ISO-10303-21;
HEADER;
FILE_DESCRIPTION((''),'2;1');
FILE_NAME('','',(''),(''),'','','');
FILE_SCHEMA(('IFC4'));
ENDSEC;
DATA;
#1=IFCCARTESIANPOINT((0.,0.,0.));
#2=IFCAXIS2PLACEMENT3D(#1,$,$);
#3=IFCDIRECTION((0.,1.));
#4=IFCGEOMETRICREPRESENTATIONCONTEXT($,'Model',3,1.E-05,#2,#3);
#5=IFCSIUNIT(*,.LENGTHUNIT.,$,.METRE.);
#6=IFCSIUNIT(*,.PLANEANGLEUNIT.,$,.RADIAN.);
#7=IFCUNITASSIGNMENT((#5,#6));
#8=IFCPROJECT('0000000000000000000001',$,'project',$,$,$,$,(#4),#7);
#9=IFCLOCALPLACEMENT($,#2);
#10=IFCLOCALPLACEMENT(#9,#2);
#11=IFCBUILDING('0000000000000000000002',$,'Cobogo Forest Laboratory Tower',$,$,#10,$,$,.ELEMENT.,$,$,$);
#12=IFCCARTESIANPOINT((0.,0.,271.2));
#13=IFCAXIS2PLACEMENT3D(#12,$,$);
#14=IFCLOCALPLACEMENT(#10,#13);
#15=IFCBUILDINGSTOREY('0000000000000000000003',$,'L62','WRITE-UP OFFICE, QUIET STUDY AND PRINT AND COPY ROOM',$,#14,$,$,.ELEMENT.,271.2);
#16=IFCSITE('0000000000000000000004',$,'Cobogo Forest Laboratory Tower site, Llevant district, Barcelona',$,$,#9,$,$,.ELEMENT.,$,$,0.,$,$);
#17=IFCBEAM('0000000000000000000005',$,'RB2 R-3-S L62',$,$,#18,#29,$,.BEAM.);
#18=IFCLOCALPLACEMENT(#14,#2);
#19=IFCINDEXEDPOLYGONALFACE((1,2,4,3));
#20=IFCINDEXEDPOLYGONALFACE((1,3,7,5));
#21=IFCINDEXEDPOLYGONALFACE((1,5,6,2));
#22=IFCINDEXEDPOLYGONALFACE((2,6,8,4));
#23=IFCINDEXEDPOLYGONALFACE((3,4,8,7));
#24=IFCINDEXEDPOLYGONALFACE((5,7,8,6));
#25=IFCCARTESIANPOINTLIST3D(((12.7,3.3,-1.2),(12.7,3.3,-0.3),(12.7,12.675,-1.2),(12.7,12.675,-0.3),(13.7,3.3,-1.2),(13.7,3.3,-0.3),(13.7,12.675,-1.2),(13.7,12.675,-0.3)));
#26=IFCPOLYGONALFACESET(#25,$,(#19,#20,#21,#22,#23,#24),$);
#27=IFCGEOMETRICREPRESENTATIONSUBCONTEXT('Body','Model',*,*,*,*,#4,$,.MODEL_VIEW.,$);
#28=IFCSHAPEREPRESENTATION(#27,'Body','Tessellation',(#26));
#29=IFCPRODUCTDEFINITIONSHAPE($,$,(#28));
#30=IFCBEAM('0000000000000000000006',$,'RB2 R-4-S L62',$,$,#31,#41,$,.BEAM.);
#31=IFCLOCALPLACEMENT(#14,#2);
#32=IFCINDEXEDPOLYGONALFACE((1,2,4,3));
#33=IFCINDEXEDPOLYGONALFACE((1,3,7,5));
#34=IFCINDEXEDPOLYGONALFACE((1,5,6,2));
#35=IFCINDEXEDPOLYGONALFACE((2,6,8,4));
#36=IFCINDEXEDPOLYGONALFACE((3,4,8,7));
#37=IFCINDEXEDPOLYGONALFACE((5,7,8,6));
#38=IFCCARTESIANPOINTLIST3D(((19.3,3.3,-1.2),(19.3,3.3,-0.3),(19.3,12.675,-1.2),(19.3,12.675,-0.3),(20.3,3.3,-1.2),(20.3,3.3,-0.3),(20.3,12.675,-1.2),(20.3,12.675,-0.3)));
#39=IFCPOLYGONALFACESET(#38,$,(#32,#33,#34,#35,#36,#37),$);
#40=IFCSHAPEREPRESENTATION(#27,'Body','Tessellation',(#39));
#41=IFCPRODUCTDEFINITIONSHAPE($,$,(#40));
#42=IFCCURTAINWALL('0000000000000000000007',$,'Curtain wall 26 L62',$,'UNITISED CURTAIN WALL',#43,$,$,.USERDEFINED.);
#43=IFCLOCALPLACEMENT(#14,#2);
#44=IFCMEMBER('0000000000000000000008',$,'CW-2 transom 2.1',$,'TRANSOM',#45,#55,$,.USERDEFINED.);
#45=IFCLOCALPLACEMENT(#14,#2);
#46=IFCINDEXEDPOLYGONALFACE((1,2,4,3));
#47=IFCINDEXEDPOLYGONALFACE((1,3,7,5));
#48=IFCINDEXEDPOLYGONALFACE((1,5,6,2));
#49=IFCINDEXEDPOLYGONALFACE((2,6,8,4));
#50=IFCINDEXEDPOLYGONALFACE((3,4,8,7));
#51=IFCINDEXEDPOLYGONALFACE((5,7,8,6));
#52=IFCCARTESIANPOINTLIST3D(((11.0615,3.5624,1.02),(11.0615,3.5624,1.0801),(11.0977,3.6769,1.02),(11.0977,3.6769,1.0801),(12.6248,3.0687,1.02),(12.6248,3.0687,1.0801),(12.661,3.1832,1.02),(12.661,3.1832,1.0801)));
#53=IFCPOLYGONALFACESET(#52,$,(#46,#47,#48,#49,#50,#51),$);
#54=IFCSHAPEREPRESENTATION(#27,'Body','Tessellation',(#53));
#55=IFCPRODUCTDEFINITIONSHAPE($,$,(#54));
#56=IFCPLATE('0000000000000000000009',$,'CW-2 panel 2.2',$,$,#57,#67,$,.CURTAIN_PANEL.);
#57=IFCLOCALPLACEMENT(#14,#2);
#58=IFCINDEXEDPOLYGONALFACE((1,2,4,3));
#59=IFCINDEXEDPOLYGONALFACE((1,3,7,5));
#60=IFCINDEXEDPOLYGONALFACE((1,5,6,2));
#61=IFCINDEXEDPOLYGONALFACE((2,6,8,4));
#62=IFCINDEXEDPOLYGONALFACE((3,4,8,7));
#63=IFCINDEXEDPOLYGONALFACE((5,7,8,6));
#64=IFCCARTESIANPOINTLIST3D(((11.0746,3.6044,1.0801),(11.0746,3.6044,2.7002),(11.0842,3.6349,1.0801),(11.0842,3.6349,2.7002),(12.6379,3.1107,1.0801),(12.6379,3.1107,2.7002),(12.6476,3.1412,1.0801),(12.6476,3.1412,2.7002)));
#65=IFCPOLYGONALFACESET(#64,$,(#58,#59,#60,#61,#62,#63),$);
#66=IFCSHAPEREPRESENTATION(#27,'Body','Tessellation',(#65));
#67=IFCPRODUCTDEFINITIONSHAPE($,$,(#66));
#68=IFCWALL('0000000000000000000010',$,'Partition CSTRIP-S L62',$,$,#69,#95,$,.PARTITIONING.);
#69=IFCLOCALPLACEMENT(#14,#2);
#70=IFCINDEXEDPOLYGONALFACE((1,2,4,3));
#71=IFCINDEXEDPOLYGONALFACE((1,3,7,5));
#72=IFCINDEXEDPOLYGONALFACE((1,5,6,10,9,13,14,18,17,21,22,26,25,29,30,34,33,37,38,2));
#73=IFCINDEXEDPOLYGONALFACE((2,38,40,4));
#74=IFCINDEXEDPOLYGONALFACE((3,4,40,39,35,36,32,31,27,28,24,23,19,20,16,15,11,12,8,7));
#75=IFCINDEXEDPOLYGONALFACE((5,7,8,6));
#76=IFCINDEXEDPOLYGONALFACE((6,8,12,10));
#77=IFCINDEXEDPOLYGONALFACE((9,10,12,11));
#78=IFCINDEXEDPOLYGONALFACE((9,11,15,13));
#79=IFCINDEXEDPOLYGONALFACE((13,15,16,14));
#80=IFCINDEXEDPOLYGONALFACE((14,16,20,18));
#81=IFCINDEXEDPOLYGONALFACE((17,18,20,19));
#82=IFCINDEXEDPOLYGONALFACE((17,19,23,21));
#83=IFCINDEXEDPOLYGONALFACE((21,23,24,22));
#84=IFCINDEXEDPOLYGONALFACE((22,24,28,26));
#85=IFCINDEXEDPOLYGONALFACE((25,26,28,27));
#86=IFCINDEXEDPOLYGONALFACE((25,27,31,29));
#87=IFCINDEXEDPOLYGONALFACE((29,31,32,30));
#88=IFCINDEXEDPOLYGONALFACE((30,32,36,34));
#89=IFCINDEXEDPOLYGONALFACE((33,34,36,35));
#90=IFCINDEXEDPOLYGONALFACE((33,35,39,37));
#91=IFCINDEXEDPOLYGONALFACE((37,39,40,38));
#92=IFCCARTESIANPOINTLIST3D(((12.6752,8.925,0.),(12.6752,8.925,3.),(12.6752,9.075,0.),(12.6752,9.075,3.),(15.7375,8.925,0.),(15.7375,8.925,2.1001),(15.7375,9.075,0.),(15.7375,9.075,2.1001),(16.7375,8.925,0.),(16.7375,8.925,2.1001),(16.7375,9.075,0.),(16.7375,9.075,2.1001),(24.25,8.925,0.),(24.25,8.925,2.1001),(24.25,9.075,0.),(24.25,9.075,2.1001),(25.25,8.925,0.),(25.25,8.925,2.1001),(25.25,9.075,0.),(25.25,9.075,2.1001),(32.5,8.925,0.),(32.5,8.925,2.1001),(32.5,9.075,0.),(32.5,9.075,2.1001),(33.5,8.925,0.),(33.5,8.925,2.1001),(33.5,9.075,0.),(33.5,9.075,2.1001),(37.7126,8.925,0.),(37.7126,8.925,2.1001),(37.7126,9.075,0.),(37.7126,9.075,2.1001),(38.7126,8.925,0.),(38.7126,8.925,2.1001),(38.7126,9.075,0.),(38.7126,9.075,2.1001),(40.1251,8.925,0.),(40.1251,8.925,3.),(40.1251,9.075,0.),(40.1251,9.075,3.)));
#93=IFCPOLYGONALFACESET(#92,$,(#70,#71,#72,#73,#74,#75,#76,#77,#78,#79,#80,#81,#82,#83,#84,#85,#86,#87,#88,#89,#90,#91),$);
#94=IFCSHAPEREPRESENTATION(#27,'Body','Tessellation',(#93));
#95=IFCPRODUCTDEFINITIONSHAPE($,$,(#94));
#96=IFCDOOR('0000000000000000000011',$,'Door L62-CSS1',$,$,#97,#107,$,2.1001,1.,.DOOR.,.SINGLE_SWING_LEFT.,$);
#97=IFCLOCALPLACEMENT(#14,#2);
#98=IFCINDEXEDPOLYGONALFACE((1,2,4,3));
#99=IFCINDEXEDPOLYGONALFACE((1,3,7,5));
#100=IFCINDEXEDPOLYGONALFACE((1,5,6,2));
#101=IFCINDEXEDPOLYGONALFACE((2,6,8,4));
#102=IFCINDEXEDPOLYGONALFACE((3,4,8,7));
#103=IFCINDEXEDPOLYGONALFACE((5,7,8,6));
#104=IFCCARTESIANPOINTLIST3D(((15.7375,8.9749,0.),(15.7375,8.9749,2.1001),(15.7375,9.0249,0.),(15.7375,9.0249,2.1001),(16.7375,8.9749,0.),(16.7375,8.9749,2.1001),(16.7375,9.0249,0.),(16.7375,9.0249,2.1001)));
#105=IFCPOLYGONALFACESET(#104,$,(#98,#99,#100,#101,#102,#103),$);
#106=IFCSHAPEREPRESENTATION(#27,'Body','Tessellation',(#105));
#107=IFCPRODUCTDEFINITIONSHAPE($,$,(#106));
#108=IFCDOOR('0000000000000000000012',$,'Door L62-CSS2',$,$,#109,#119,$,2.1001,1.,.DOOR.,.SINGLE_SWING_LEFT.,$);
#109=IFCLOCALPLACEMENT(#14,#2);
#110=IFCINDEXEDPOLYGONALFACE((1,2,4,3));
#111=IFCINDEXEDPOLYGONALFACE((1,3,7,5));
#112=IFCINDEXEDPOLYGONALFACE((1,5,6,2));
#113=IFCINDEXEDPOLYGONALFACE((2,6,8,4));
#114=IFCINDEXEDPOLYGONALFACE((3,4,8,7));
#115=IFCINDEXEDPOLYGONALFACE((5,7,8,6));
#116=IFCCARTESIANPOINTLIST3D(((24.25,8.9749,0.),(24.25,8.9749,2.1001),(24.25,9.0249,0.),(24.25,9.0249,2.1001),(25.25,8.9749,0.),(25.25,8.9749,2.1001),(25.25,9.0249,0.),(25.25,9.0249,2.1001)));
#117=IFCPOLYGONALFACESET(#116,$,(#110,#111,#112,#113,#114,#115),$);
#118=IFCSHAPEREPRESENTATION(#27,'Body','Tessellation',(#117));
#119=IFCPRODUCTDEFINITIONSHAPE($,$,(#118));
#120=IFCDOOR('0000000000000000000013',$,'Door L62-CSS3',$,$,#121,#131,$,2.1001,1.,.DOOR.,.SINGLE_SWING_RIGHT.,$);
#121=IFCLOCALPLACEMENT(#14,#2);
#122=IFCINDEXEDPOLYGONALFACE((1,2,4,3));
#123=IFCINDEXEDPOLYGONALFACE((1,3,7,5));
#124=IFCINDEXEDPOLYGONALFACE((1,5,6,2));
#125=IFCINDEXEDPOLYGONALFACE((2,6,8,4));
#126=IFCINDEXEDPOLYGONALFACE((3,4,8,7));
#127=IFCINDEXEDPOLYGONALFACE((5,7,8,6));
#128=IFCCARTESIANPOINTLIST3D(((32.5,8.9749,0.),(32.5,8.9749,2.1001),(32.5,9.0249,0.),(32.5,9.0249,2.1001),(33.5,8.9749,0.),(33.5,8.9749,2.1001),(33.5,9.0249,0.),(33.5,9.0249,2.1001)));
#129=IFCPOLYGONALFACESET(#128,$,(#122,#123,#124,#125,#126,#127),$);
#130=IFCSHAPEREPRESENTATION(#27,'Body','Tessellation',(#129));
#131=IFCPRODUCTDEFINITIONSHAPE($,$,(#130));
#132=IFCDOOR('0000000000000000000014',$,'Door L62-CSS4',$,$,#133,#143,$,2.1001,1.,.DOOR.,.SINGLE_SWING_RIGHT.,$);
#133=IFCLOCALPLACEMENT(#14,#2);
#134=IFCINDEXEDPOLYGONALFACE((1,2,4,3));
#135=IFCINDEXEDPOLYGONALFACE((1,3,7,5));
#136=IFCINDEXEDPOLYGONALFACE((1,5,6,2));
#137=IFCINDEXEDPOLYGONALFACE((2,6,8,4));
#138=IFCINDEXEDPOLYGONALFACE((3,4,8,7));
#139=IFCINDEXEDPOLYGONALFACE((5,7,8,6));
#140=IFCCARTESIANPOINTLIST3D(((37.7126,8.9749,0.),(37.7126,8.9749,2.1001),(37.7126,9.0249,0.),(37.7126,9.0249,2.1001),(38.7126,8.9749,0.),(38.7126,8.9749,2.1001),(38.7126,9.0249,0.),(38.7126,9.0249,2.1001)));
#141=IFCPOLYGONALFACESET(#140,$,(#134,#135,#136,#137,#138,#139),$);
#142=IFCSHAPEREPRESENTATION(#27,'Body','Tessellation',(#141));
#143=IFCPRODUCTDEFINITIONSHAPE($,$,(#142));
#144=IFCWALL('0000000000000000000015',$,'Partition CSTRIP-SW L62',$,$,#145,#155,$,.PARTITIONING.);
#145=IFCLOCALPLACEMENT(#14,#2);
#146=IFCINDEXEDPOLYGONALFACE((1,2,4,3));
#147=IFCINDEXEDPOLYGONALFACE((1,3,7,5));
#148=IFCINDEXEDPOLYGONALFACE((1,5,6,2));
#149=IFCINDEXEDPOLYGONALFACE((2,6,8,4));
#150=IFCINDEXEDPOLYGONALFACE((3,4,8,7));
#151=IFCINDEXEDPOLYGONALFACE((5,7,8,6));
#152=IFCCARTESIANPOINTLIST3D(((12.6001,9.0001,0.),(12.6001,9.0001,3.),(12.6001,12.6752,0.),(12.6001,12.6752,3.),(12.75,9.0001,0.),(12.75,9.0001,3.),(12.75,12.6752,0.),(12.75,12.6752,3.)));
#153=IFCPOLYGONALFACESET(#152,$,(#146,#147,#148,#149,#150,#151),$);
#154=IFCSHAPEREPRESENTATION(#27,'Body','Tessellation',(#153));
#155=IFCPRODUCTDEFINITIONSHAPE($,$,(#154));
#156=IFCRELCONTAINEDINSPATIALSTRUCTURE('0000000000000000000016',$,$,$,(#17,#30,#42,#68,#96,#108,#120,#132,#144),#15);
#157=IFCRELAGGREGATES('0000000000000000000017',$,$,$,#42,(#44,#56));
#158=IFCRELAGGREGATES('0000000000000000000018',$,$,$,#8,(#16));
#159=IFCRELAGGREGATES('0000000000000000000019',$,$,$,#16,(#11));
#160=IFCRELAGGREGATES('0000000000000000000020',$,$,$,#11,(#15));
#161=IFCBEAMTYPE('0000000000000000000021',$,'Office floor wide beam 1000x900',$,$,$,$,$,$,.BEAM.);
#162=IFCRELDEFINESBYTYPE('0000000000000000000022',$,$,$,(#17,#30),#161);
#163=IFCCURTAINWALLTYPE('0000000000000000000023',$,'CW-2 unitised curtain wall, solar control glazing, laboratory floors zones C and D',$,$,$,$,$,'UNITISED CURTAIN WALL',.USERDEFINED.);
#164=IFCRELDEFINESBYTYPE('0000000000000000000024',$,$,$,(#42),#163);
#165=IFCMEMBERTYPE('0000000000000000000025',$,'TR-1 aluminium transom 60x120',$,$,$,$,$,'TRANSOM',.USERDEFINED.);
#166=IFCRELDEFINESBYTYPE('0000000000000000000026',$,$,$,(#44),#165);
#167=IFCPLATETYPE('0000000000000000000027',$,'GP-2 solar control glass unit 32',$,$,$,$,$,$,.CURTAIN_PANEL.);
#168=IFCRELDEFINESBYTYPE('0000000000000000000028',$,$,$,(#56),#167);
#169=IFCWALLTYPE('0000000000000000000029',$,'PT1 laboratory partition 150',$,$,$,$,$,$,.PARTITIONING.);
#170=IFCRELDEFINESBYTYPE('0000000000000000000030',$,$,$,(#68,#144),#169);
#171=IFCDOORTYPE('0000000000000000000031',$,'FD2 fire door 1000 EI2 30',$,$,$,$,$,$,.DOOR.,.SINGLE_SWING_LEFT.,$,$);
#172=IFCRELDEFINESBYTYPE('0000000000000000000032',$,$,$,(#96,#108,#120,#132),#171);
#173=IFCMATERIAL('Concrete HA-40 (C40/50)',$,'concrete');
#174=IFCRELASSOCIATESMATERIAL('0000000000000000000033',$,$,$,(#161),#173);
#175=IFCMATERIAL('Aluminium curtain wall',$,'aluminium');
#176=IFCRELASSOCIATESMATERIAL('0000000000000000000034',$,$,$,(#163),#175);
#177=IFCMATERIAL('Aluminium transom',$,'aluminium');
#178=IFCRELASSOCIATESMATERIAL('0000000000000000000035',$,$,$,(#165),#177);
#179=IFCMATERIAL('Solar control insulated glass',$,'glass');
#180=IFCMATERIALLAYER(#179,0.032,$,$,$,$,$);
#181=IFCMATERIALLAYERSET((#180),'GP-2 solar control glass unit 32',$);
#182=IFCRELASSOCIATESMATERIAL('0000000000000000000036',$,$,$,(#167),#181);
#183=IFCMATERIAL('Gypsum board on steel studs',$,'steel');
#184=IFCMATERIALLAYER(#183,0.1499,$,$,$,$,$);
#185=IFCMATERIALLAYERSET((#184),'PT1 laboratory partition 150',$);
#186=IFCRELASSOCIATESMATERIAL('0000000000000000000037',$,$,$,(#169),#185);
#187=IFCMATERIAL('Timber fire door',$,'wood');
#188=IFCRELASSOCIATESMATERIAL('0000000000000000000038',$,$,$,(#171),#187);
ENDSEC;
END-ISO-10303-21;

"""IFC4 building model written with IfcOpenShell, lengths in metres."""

from ifc_helpers import new_model, si_unit, direction, frame, frame_2d, origin, origin_2d, place, context, subcontext, project, spatial, rectangle, extrude, material, layer, layer_set, material_profile, profile_set, type_object, element, fill, aggregate, save


model = new_model("IFC4")

# Units and contexts
model_context = context("Model", 3, precision=1e-05, world=origin(), true_north=direction((0.0, 1.0)))
body_context = subcontext(model_context, "Body", "Model", "MODEL_VIEW")
ifc_project = project(units=[si_unit("LENGTHUNIT", "METRE"), si_unit("PLANEANGLEUNIT", "RADIAN")], contexts=[model_context])

# Site, building, storey
site_placement = place(None, origin())
site = spatial("IfcSite", under=ifc_project, at=site_placement, Name="Cobogo Forest Laboratory Tower site, Llevant district, Barcelona", CompositionType="ELEMENT", RefElevation=0.0)
building_placement = place(site_placement, origin())
building = spatial("IfcBuilding", under=site, at=building_placement, Name="Cobogo Forest Laboratory Tower", CompositionType="ELEMENT")
storey_placement = place(building_placement, frame((0.0, 0.0, 271.2)))
storey = spatial("IfcBuildingStorey", under=building, at=storey_placement, Name="L62", Description="WRITE-UP OFFICE, QUIET STUDY AND PRINT AND COPY ROOM", CompositionType="ELEMENT", Elevation=271.2)

# Beams
ifc_material_1 = material(Name="Concrete HA-40 (C40/50)", Category="concrete")
ifc_material_profile_1 = material_profile(ifc_material_1, rectangle(XDim=1.0, YDim=0.8999, at=origin_2d()), Name="RC 1000x900")
ifc_profile_set_1 = profile_set([ifc_material_profile_1], Name="Concrete HA-40 (C40/50)")
beam_type = type_object("IfcBeamType", Name="Office floor wide beam 1000x900", PredefinedType="BEAM", material=ifc_profile_set_1)
for number, where, z_axis, x_axis, name in (
    (1, (13.2, 12.675, -0.75), (0.0, -1.0, 0.0), (1.0, 0.0, 0.0), "RB2 R-3-S L62"),
    (2, (19.8, 12.675, -0.75), (0.0, -1.0, 0.0), (1.0, 0.0, 0.0), "RB2 R-4-S L62"),
):
    element("IfcBeam", number, at=place(storey_placement, frame(where, z_axis=z_axis, x_axis=x_axis)), inside=storey, type_object=beam_type, Name=name, PredefinedType="BEAM", context=body_context, shape_type="SweptSolid", body=[
        extrude(rectangle(XDim=1.0, YDim=0.8999, at=origin_2d()), origin(), (0.0, 0.0, 1.0), 9.375),
    ])

# Curtain wall, member, plate
ifc_material_2 = material(Name="Aluminium curtain wall", Category="aluminium")
curtain_wall_type = type_object("IfcCurtainWallType", Name="CW-2 unitised curtain wall, solar control glazing, laboratory floors zones C and D", ElementType="UNITISED CURTAIN WALL", PredefinedType="USERDEFINED", material=ifc_material_2)
curtain_wall_placement = place(storey_placement, origin())
curtain_wall = element("IfcCurtainWall", 3, at=curtain_wall_placement, inside=storey, type_object=curtain_wall_type, Name="Curtain wall 26 L62", ObjectType="UNITISED CURTAIN WALL", PredefinedType="USERDEFINED")
ifc_material_3 = material(Name="Aluminium transom", Category="aluminium")
ifc_material_profile_2 = material_profile(ifc_material_3, rectangle(XDim=0.1201, YDim=0.0601, at=origin_2d()), Name="AL 60x120")
ifc_profile_set_2 = profile_set([ifc_material_profile_2], Name="Aluminium transom")
member_type = type_object("IfcMemberType", Name="TR-1 aluminium transom 60x120", ElementType="TRANSOM", PredefinedType="USERDEFINED", material=ifc_profile_set_2)
member_placement = place(storey_placement, frame((11.0796, 3.6196, 1.05), z_axis=(0.953583, -0.301131, 0.0), x_axis=(0.301131, 0.953583, 0.0)))
member = element("IfcMember", 4, at=member_placement, type_object=member_type, Name="CW-2 transom 2.1", ObjectType="TRANSOM", PredefinedType="USERDEFINED", context=body_context, shape_type="SweptSolid", body=[
    extrude(rectangle(XDim=0.1201, YDim=0.0601, at=origin_2d()), origin(), (0.0, 0.0, 1.0), 1.6394),
])
ifc_material_4 = material(Name="Solar control insulated glass", Category="glass")
ifc_layer_1 = layer(ifc_material_4, 0.032)
ifc_layer_set_1 = layer_set([ifc_layer_1], Name="GP-2 solar control glass unit 32")
plate_type = type_object("IfcPlateType", Name="GP-2 solar control glass unit 32", PredefinedType="CURTAIN_PANEL", material=ifc_layer_set_1)
plate_placement = place(storey_placement, frame((11.8611, 3.3728, 1.0801), z_axis=(0.0, 0.0, 1.0), x_axis=(0.953581, -0.301135, 0.0)))
plate = element("IfcPlate", 5, at=plate_placement, type_object=plate_type, Name="CW-2 panel 2.2", PredefinedType="CURTAIN_PANEL", context=body_context, shape_type="SweptSolid", body=[
    extrude(rectangle(XDim=1.6394, YDim=0.032, at=origin_2d()), origin(), (0.0, 0.0, 1.0), 1.6201),
])
aggregate(curtain_wall, [member, plate])

# Wall, openings, doors
ifc_material_5 = material(Name="Gypsum board on steel studs", Category="steel")
ifc_layer_2 = layer(ifc_material_5, 0.1499)
ifc_layer_set_2 = layer_set([ifc_layer_2], Name="PT1 laboratory partition 150")
wall_type_1 = type_object("IfcWallType", Name="PT1 laboratory partition 150", PredefinedType="PARTITIONING", material=ifc_layer_set_2)
wall_1_placement = place(storey_placement, frame((12.675, 9.0, 0.0), z_axis=(0.0, 0.0, 1.0), x_axis=(1.0, 0.0, 0.0)))
wall_1 = element("IfcWall", 6, at=wall_1_placement, inside=storey, type_object=wall_type_1, Name="Partition CSTRIP-S L62", PredefinedType="PARTITIONING", context=body_context, shape_type="SweptSolid", body=[
    extrude(rectangle(XDim=27.45, YDim=0.1499, at=frame_2d((13.7251, 0.0))), origin(), (0.0, 0.0, 1.0), 3.0),
])
opening_1_placement = place(wall_1_placement, frame((3.0625, 0.0, 0.0)))
opening_1 = element("IfcOpeningElement", 7, at=opening_1_placement, cuts=wall_1, PredefinedType="OPENING", context=body_context, shape_type="SweptSolid", body=[
    extrude(rectangle(XDim=1.0, YDim=2.1001, at=frame_2d((0.5, 1.05))), frame((0.0, 0.085, 0.0), z_axis=(0.0, -1.0, 0.0), x_axis=(1.0, 0.0, 0.0)), (0.0, 0.0, 1.0), 0.1699),
])
opening_2_placement = place(wall_1_placement, frame((11.575, 0.0, 0.0)))
opening_2 = element("IfcOpeningElement", 8, at=opening_2_placement, cuts=wall_1, PredefinedType="OPENING", context=body_context, shape_type="SweptSolid", body=[
    extrude(rectangle(XDim=1.0, YDim=2.1001, at=frame_2d((0.5, 1.05))), frame((0.0, 0.085, 0.0), z_axis=(0.0, -1.0, 0.0), x_axis=(1.0, 0.0, 0.0)), (0.0, 0.0, 1.0), 0.1699),
])
opening_3_placement = place(wall_1_placement, frame((19.825, 0.0, 0.0)))
opening_3 = element("IfcOpeningElement", 9, at=opening_3_placement, cuts=wall_1, PredefinedType="OPENING", context=body_context, shape_type="SweptSolid", body=[
    extrude(rectangle(XDim=1.0, YDim=2.1001, at=frame_2d((0.5, 1.05))), frame((0.0, 0.085, 0.0), z_axis=(0.0, -1.0, 0.0), x_axis=(1.0, 0.0, 0.0)), (0.0, 0.0, 1.0), 0.1699),
])
opening_4_placement = place(wall_1_placement, frame((25.0376, 0.0, 0.0)))
opening_4 = element("IfcOpeningElement", 10, at=opening_4_placement, cuts=wall_1, PredefinedType="OPENING", context=body_context, shape_type="SweptSolid", body=[
    extrude(rectangle(XDim=1.0, YDim=2.1001, at=frame_2d((0.5, 1.05))), frame((0.0, 0.085, 0.0), z_axis=(0.0, -1.0, 0.0), x_axis=(1.0, 0.0, 0.0)), (0.0, 0.0, 1.0), 0.1699),
])
ifc_material_6 = material(Name="Timber fire door", Category="wood")
door_type_1 = type_object("IfcDoorType", Name="FD2 fire door 1000 EI2 30", OperationType="SINGLE_SWING_LEFT", PredefinedType="DOOR", material=ifc_material_6)
door_1_placement = place(opening_1_placement, origin())
door_1 = element("IfcDoor", 11, at=door_1_placement, inside=storey, type_object=door_type_1, Name="Door L62-CSS1", OperationType="SINGLE_SWING_LEFT", OverallHeight=2.1001, OverallWidth=1.0, PredefinedType="DOOR", context=body_context, shape_type="SweptSolid", body=[
    extrude(rectangle(XDim=1.0, YDim=2.1001, at=frame_2d((0.5, 1.05))), frame((0.0, 0.0249, 0.0), z_axis=(0.0, -1.0, 0.0), x_axis=(1.0, 0.0, 0.0)), (0.0, 0.0, 1.0), 0.05),
])
fill(opening_1, door_1)
door_2_placement = place(opening_2_placement, origin())
door_2 = element("IfcDoor", 12, at=door_2_placement, inside=storey, type_object=door_type_1, Name="Door L62-CSS2", OperationType="SINGLE_SWING_LEFT", OverallHeight=2.1001, OverallWidth=1.0, PredefinedType="DOOR", context=body_context, shape_type="SweptSolid", body=[
    extrude(rectangle(XDim=1.0, YDim=2.1001, at=frame_2d((0.5, 1.05))), frame((0.0, 0.0249, 0.0), z_axis=(0.0, -1.0, 0.0), x_axis=(1.0, 0.0, 0.0)), (0.0, 0.0, 1.0), 0.05),
])
fill(opening_2, door_2)
door_3_placement = place(opening_3_placement, origin())
door_3 = element("IfcDoor", 13, at=door_3_placement, inside=storey, type_object=door_type_1, Name="Door L62-CSS3", OperationType="SINGLE_SWING_RIGHT", OverallHeight=2.1001, OverallWidth=1.0, PredefinedType="DOOR", context=body_context, shape_type="SweptSolid", body=[
    extrude(rectangle(XDim=1.0, YDim=2.1001, at=frame_2d((0.5, 1.05))), frame((0.0, 0.0249, 0.0), z_axis=(0.0, -1.0, 0.0), x_axis=(1.0, 0.0, 0.0)), (0.0, 0.0, 1.0), 0.05),
])
fill(opening_3, door_3)
door_4_placement = place(opening_4_placement, origin())
door_4 = element("IfcDoor", 14, at=door_4_placement, inside=storey, type_object=door_type_1, Name="Door L62-CSS4", OperationType="SINGLE_SWING_RIGHT", OverallHeight=2.1001, OverallWidth=1.0, PredefinedType="DOOR", context=body_context, shape_type="SweptSolid", body=[
    extrude(rectangle(XDim=1.0, YDim=2.1001, at=frame_2d((0.5, 1.05))), frame((0.0, 0.0249, 0.0), z_axis=(0.0, -1.0, 0.0), x_axis=(1.0, 0.0, 0.0)), (0.0, 0.0, 1.0), 0.05),
])
fill(opening_4, door_4)

# Wall
wall_2_placement = place(storey_placement, frame((12.675, 12.675, 0.0), z_axis=(0.0, 0.0, 1.0), x_axis=(0.0, -1.0, 0.0)))
element("IfcWall", 15, at=wall_2_placement, inside=storey, type_object=wall_type_1, Name="Partition CSTRIP-SW L62", PredefinedType="PARTITIONING", context=body_context, shape_type="SweptSolid", body=[
    extrude(rectangle(XDim=3.675, YDim=0.1499, at=frame_2d((1.8374, 0.0))), origin(), (0.0, 0.0, 1.0), 3.0),
])

save(model, "model.ifc")
